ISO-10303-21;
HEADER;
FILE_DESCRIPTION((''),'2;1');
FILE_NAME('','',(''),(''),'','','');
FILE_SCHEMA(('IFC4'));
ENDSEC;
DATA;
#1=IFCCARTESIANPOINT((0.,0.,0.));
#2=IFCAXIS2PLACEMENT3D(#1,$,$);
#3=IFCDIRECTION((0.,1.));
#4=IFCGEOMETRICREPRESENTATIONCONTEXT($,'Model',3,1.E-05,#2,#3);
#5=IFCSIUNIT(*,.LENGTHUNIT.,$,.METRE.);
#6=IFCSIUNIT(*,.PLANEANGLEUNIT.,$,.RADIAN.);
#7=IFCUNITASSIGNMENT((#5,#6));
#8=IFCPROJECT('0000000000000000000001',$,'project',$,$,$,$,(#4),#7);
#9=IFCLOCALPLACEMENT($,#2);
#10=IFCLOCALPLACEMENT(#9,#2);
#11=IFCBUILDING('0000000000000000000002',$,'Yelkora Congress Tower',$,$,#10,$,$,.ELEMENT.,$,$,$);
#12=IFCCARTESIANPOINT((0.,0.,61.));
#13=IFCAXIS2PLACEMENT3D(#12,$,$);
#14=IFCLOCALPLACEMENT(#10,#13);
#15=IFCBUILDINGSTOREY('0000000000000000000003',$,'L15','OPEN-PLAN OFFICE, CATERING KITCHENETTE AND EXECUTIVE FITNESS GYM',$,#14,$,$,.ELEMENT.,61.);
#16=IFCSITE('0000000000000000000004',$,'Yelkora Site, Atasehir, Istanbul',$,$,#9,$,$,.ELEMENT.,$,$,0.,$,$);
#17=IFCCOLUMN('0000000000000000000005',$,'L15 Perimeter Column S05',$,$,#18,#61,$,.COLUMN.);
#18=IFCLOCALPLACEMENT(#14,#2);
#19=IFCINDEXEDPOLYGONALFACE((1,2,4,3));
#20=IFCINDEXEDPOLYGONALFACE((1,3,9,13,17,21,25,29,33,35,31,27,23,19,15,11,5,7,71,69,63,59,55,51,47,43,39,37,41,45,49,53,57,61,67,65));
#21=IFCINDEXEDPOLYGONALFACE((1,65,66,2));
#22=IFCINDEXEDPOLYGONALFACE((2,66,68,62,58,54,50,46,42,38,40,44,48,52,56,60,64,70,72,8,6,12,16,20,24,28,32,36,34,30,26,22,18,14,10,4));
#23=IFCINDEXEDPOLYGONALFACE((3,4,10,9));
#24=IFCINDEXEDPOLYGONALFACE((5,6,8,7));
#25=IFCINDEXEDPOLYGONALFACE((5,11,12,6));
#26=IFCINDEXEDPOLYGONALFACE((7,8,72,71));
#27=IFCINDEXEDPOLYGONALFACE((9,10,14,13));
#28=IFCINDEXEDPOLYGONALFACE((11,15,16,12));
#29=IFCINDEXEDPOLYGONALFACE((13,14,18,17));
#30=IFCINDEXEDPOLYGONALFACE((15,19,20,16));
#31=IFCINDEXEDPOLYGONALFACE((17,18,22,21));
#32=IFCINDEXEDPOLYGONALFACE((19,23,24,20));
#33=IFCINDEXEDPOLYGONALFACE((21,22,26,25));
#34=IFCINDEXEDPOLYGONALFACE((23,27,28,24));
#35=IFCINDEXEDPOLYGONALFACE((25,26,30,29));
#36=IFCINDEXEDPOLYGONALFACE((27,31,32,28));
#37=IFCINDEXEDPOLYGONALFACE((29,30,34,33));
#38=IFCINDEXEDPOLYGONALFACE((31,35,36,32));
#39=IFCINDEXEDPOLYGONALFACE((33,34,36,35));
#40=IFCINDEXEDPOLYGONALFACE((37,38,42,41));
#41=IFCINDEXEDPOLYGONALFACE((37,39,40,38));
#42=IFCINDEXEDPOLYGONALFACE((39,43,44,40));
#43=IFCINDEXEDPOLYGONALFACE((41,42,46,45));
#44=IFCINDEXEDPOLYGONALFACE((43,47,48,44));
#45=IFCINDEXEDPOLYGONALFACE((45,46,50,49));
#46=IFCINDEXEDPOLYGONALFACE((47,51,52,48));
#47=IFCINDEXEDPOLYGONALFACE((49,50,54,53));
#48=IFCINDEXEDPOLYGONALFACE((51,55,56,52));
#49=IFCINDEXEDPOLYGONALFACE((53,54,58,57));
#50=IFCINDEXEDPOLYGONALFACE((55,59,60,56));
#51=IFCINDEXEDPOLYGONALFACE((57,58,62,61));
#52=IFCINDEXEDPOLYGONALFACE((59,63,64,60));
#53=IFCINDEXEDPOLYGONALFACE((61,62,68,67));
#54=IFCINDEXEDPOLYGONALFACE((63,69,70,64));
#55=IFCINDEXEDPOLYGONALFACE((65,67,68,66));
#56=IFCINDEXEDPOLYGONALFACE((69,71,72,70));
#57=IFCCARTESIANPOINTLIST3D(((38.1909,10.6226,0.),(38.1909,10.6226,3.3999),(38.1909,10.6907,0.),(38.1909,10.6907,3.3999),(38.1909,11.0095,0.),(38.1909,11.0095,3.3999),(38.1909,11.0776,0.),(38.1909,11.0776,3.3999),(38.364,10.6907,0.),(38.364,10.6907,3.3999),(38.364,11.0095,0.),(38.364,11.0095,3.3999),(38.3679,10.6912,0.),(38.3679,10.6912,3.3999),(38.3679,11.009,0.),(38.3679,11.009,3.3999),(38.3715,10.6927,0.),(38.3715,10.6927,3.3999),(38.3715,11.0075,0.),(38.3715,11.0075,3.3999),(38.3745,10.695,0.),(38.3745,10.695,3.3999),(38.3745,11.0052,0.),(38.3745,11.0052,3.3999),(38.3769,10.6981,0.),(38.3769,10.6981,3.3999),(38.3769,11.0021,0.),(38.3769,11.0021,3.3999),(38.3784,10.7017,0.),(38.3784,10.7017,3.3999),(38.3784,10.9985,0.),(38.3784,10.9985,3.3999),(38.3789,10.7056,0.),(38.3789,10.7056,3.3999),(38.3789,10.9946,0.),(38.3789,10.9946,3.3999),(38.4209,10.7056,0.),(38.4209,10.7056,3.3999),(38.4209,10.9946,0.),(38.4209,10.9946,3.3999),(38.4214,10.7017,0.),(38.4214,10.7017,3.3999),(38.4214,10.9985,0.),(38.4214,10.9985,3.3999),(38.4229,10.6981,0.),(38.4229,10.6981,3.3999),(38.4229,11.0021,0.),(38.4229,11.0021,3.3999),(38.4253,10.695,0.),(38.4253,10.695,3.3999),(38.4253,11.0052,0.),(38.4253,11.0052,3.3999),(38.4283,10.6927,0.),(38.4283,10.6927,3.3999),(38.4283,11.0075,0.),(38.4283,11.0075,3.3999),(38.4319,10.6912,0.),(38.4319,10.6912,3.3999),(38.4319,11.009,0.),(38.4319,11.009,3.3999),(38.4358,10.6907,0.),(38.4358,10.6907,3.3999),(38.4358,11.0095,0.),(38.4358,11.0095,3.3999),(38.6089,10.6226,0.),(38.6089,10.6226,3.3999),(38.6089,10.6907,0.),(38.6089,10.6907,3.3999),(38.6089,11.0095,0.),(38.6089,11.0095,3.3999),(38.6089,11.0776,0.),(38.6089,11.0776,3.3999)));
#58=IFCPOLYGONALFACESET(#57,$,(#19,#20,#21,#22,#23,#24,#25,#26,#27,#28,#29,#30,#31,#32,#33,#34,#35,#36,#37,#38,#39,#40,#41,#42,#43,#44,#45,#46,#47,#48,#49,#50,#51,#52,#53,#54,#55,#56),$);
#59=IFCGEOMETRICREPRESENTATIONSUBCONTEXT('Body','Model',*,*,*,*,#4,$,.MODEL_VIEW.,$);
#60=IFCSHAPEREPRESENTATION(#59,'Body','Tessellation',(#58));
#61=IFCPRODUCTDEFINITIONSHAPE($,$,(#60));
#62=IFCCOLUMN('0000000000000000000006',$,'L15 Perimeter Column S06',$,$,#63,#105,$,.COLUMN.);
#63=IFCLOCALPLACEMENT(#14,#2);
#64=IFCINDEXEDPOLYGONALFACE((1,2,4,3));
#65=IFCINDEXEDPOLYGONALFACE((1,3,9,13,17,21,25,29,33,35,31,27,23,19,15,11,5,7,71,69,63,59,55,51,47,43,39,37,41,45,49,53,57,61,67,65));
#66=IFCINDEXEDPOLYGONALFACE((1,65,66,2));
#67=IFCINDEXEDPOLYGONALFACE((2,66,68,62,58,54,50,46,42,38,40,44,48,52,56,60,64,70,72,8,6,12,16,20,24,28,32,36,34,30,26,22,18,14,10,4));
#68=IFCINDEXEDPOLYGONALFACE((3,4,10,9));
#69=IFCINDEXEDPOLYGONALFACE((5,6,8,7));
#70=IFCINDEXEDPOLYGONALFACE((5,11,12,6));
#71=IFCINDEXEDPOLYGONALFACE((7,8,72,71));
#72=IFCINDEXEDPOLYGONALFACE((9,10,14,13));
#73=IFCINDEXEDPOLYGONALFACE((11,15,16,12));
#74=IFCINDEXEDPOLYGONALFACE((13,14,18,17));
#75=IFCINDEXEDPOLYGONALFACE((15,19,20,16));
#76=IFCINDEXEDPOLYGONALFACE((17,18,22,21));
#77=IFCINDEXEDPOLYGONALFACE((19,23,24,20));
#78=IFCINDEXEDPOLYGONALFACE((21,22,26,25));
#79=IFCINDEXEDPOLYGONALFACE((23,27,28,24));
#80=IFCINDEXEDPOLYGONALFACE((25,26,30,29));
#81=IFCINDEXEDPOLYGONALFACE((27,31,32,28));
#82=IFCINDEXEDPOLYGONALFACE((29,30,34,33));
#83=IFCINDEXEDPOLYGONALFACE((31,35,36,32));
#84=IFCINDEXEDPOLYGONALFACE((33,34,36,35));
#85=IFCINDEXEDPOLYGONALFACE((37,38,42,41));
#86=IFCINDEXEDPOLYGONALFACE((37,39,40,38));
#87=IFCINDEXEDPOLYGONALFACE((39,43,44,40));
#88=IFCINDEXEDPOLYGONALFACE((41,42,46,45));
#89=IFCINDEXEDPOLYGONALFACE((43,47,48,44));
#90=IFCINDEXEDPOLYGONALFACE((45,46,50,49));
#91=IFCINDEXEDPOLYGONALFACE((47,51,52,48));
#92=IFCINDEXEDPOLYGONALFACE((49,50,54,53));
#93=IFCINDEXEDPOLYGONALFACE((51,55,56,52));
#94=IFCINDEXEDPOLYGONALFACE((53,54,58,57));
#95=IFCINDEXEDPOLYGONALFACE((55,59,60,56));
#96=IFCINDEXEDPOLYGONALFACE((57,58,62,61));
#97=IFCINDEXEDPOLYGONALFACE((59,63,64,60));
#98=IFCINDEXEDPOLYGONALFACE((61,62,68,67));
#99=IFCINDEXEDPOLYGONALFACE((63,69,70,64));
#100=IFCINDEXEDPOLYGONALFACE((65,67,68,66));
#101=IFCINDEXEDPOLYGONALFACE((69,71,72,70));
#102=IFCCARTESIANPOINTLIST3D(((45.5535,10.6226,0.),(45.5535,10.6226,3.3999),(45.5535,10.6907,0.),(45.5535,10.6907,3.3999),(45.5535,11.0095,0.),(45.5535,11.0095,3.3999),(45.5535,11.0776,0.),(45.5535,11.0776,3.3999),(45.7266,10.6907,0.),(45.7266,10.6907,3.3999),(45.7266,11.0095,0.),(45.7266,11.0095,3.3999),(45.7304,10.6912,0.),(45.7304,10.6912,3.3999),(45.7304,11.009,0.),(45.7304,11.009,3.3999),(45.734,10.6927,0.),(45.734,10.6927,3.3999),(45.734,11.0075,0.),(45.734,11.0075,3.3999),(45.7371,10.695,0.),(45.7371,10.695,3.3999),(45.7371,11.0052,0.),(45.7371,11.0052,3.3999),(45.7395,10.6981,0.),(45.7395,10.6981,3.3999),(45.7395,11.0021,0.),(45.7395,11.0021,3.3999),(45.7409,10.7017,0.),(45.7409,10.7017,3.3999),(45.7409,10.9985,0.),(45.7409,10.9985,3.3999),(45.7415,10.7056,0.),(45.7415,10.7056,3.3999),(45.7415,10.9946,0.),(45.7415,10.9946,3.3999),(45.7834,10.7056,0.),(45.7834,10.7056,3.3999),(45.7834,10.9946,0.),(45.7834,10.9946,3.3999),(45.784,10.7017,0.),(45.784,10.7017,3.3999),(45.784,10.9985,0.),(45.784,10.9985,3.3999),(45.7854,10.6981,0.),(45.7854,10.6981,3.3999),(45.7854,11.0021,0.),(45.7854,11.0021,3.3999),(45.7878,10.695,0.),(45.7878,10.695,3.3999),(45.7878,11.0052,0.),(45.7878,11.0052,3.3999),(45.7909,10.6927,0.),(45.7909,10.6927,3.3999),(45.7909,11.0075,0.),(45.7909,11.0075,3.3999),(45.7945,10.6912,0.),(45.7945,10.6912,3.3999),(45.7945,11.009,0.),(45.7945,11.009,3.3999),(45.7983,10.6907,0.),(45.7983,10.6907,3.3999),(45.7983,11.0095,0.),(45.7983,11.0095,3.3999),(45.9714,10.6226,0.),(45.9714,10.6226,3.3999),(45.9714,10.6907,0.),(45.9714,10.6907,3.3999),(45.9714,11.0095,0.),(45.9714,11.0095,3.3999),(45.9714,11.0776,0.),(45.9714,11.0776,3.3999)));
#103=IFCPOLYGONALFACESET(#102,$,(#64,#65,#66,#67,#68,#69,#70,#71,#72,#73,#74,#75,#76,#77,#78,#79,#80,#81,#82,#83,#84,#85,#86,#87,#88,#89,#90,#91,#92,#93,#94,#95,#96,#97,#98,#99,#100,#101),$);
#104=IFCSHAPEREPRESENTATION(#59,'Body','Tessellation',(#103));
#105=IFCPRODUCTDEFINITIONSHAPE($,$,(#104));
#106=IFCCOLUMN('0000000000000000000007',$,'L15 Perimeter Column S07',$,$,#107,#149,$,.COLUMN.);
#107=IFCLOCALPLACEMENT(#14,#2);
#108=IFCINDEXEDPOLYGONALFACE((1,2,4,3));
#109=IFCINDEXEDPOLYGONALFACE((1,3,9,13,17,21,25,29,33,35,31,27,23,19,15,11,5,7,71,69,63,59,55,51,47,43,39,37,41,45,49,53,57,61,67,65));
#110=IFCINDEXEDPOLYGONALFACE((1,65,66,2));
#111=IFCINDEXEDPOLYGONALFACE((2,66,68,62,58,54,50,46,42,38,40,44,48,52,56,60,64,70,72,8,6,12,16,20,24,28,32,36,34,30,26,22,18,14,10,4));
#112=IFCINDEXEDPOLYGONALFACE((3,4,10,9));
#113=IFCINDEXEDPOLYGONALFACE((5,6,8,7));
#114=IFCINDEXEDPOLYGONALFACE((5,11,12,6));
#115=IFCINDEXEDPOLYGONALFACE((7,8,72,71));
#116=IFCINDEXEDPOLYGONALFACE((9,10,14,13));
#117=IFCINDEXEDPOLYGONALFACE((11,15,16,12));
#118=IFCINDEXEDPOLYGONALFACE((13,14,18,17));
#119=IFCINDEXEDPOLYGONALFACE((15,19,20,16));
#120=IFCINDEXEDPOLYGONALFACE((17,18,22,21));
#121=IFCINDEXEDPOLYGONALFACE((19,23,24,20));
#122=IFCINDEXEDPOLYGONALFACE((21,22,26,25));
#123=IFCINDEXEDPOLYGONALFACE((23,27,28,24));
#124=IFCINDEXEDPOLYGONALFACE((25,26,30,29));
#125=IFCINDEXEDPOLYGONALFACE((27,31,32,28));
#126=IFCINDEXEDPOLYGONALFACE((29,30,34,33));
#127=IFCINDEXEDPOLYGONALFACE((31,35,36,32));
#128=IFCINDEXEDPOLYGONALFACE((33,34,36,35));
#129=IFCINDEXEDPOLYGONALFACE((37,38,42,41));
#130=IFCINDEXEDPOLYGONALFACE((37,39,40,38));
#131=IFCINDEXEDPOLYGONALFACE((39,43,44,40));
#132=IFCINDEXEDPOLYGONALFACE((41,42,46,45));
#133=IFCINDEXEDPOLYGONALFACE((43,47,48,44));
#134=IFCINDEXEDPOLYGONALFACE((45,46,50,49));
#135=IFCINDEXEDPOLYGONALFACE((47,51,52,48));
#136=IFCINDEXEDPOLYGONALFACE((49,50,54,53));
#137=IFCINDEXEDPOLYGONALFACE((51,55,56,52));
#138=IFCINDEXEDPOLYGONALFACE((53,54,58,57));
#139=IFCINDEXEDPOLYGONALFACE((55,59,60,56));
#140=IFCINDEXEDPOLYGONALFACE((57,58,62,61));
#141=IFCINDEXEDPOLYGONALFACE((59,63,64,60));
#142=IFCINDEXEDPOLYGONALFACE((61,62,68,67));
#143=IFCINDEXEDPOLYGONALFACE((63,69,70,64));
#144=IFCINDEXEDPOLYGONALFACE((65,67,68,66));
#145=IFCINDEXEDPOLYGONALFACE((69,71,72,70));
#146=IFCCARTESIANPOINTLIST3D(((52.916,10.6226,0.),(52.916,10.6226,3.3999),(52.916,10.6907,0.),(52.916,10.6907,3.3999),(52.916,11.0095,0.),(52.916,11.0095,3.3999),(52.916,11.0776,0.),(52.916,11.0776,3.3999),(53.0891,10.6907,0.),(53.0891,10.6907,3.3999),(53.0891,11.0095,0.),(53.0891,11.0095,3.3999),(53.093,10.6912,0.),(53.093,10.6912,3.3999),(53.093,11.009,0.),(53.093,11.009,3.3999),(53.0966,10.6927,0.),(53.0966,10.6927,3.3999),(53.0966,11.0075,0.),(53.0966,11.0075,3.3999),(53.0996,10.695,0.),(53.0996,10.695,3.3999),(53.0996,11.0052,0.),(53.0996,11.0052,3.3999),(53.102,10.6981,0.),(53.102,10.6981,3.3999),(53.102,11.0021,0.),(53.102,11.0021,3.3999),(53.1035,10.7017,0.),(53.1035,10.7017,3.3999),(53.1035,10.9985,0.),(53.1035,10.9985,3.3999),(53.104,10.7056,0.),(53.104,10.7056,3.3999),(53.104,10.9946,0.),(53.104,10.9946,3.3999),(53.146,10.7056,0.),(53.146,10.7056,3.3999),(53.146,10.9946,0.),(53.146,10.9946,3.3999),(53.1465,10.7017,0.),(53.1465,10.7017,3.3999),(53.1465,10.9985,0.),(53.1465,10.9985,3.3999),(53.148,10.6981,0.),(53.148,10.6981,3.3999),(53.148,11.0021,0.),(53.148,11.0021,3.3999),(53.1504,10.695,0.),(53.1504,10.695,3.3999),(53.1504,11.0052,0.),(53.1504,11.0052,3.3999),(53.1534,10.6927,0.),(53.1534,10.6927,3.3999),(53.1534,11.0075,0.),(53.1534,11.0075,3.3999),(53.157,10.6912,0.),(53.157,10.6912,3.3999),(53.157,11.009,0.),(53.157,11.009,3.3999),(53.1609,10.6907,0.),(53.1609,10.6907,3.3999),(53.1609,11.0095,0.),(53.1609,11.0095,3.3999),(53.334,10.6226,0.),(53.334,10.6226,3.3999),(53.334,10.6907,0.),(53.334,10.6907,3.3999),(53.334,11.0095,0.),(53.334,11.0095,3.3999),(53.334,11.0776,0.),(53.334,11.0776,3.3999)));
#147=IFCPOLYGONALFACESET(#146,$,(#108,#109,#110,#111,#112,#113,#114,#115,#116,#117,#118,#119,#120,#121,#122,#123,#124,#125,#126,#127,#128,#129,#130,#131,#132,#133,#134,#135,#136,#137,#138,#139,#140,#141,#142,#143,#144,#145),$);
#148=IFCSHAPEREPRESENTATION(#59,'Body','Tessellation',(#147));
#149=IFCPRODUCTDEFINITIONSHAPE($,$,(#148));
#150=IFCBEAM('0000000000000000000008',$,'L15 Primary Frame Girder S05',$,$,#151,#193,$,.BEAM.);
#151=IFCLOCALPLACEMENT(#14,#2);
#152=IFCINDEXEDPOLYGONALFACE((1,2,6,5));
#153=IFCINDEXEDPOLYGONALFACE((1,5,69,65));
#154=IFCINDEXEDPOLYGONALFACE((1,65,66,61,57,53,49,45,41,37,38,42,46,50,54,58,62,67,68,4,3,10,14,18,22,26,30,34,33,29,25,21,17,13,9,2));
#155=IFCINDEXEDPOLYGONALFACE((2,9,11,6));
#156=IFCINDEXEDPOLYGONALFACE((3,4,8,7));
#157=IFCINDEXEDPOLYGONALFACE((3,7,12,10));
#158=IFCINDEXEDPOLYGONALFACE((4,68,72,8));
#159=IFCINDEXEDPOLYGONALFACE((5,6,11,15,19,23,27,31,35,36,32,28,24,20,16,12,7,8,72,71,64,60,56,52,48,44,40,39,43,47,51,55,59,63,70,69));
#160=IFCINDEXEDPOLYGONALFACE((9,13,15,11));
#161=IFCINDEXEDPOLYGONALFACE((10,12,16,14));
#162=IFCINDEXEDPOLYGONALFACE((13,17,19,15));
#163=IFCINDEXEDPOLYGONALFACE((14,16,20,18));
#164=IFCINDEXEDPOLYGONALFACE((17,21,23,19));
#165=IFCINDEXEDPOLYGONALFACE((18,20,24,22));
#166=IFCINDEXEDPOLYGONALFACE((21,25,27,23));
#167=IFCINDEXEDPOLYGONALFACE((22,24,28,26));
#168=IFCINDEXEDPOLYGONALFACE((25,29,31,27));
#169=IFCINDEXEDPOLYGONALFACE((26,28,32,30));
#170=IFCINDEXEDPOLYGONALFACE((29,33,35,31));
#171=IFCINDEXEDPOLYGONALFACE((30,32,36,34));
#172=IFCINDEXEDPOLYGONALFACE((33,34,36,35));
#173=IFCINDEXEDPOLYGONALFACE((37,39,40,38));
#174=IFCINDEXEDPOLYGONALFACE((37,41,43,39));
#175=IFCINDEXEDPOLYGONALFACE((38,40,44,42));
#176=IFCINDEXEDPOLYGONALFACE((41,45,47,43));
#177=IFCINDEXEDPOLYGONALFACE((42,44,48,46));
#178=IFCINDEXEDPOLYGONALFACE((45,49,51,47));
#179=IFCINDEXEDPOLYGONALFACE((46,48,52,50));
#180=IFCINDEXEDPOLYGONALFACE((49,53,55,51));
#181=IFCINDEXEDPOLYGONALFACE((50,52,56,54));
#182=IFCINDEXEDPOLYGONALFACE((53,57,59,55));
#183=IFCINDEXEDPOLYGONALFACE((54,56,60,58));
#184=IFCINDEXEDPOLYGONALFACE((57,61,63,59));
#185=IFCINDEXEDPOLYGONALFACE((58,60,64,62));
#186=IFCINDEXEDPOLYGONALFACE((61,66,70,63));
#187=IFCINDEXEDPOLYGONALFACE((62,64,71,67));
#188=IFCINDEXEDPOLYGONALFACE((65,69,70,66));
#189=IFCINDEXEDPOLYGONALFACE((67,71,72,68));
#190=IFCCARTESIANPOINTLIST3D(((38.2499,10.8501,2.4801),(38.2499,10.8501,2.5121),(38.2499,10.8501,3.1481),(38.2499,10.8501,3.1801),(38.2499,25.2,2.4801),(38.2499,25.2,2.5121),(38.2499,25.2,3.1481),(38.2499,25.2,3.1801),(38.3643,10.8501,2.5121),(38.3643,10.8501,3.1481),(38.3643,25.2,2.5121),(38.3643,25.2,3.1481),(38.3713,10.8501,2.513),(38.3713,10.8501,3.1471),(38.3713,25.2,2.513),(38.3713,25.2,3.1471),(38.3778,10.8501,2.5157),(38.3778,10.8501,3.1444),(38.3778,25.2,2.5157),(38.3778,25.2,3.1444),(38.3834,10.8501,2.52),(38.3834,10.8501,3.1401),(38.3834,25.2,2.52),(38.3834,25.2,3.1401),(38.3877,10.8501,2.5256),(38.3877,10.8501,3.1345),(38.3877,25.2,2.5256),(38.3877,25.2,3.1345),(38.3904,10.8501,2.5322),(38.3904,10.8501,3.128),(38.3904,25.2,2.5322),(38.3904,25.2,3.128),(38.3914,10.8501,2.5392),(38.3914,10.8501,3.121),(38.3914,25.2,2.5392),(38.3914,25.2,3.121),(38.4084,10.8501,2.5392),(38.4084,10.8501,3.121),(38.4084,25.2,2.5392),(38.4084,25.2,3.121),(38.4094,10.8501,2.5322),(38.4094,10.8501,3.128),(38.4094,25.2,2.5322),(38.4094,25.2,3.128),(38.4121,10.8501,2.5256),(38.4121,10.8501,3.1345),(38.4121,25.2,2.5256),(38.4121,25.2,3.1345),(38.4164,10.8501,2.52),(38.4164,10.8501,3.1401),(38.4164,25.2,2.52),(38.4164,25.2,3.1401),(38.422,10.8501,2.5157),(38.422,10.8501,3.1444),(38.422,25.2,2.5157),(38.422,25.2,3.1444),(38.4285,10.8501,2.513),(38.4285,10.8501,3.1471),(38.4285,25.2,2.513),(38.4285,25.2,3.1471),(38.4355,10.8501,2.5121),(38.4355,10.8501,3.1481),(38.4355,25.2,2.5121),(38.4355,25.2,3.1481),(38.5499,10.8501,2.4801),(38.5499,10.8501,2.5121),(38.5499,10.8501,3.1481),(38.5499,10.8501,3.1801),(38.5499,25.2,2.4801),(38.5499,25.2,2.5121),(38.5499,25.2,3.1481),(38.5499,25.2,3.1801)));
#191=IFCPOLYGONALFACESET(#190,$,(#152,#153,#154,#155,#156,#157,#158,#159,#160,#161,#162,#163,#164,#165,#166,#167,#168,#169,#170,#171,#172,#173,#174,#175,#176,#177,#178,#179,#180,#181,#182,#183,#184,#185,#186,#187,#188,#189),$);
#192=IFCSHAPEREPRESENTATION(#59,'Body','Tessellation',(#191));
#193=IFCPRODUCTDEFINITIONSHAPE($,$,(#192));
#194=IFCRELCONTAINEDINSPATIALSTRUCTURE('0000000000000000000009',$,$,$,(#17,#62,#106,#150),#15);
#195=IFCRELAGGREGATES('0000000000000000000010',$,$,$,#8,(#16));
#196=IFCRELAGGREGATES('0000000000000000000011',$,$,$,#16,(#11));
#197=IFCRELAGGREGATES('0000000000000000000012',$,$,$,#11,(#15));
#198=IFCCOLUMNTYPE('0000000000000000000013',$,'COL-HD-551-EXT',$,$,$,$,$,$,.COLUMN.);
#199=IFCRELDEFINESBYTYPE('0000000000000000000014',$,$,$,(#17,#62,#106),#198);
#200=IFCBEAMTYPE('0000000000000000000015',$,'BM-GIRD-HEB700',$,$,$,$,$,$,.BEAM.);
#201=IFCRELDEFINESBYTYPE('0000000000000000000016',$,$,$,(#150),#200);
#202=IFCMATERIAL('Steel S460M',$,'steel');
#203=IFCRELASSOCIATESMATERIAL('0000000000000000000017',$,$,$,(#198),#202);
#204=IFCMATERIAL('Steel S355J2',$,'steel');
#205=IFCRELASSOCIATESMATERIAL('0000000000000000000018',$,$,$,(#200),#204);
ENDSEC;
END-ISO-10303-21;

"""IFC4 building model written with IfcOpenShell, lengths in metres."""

from ifc_helpers import new_model, si_unit, direction, frame, origin, origin_2d, place, context, subcontext, project, spatial, i_section, extrude, material, material_profile, profile_set, type_object, element, save


model = new_model("IFC4")

# Units and contexts
model_context = context("Model", 3, precision=1e-05, world=origin(), true_north=direction((0.0, 1.0)))
body_context = subcontext(model_context, "Body", "Model", "MODEL_VIEW")
ifc_project = project(units=[si_unit("LENGTHUNIT", "METRE"), si_unit("PLANEANGLEUNIT", "RADIAN")], contexts=[model_context])

# Site, building, storey
site_placement = place(None, origin())
site = spatial("IfcSite", under=ifc_project, at=site_placement, Name="Yelkora Site, Atasehir, Istanbul", CompositionType="ELEMENT", RefElevation=0.0)
building_placement = place(site_placement, origin())
building = spatial("IfcBuilding", under=site, at=building_placement, Name="Yelkora Congress Tower", CompositionType="ELEMENT")
storey_placement = place(building_placement, frame((0.0, 0.0, 61.0)))
storey = spatial("IfcBuildingStorey", under=building, at=storey_placement, Name="L15", Description="OPEN-PLAN OFFICE, CATERING KITCHENETTE AND EXECUTIVE FITNESS GYM", CompositionType="ELEMENT", Elevation=61.0)

# Columns
ifc_material_1 = material(Name="Steel S460M", Category="steel")
ifc_material_profile_1 = material_profile(ifc_material_1, i_section(OverallWidth=0.418, OverallDepth=0.4551, WebThickness=0.042, FlangeThickness=0.0681, FilletRadius=0.0149, at=origin_2d()), Name="HD 400x551")
ifc_profile_set_1 = profile_set([ifc_material_profile_1], Name="Steel S460M")
column_type = type_object("IfcColumnType", Name="COL-HD-551-EXT", PredefinedType="COLUMN", material=ifc_profile_set_1)
for number, where, z_axis, x_axis, name in (
    (1, (38.3999, 10.8501, 0.0), (0.0, 0.0, 1.0), (1.0, 0.0, 0.0), "L15 Perimeter Column S05"),
    (2, (45.7625, 10.8501, 0.0), (0.0, 0.0, 1.0), (1.0, 0.0, 0.0), "L15 Perimeter Column S06"),
    (3, (53.125, 10.8501, 0.0), (0.0, 0.0, 1.0), (1.0, 0.0, 0.0), "L15 Perimeter Column S07"),
):
    element("IfcColumn", number, at=place(storey_placement, frame(where, z_axis=z_axis, x_axis=x_axis)), inside=storey, type_object=column_type, Name=name, PredefinedType="COLUMN", context=body_context, shape_type="SweptSolid", body=[
        extrude(i_section(OverallWidth=0.418, OverallDepth=0.4551, WebThickness=0.042, FlangeThickness=0.0681, FilletRadius=0.0149, at=origin_2d()), origin(), (0.0, 0.0, 1.0), 3.3999),
    ])

# Beam
ifc_material_2 = material(Name="Steel S355J2", Category="steel")
ifc_material_profile_2 = material_profile(ifc_material_2, i_section(OverallWidth=0.3, OverallDepth=0.7, WebThickness=0.0171, FlangeThickness=0.032, FilletRadius=0.0271, at=origin_2d()), Name="HEB 700")
ifc_profile_set_2 = profile_set([ifc_material_profile_2], Name="Steel S355J2")
beam_type_1 = type_object("IfcBeamType", Name="BM-GIRD-HEB700", PredefinedType="BEAM", material=ifc_profile_set_2)
beam_1_placement = place(storey_placement, frame((38.3999, 10.8501, 2.8301), z_axis=(0.0, 1.0, 0.0), x_axis=(-1.0, 0.0, 0.0)))
element("IfcBeam", 4, at=beam_1_placement, inside=storey, type_object=beam_type_1, Name="L15 Primary Frame Girder S05", PredefinedType="BEAM", context=body_context, shape_type="SweptSolid", body=[
    extrude(i_section(OverallWidth=0.3, OverallDepth=0.7, WebThickness=0.0171, FlangeThickness=0.032, FilletRadius=0.0271, at=origin_2d()), origin(), (0.0, 0.0, 1.0), 14.3499),
])

save(model, "model.ifc")
